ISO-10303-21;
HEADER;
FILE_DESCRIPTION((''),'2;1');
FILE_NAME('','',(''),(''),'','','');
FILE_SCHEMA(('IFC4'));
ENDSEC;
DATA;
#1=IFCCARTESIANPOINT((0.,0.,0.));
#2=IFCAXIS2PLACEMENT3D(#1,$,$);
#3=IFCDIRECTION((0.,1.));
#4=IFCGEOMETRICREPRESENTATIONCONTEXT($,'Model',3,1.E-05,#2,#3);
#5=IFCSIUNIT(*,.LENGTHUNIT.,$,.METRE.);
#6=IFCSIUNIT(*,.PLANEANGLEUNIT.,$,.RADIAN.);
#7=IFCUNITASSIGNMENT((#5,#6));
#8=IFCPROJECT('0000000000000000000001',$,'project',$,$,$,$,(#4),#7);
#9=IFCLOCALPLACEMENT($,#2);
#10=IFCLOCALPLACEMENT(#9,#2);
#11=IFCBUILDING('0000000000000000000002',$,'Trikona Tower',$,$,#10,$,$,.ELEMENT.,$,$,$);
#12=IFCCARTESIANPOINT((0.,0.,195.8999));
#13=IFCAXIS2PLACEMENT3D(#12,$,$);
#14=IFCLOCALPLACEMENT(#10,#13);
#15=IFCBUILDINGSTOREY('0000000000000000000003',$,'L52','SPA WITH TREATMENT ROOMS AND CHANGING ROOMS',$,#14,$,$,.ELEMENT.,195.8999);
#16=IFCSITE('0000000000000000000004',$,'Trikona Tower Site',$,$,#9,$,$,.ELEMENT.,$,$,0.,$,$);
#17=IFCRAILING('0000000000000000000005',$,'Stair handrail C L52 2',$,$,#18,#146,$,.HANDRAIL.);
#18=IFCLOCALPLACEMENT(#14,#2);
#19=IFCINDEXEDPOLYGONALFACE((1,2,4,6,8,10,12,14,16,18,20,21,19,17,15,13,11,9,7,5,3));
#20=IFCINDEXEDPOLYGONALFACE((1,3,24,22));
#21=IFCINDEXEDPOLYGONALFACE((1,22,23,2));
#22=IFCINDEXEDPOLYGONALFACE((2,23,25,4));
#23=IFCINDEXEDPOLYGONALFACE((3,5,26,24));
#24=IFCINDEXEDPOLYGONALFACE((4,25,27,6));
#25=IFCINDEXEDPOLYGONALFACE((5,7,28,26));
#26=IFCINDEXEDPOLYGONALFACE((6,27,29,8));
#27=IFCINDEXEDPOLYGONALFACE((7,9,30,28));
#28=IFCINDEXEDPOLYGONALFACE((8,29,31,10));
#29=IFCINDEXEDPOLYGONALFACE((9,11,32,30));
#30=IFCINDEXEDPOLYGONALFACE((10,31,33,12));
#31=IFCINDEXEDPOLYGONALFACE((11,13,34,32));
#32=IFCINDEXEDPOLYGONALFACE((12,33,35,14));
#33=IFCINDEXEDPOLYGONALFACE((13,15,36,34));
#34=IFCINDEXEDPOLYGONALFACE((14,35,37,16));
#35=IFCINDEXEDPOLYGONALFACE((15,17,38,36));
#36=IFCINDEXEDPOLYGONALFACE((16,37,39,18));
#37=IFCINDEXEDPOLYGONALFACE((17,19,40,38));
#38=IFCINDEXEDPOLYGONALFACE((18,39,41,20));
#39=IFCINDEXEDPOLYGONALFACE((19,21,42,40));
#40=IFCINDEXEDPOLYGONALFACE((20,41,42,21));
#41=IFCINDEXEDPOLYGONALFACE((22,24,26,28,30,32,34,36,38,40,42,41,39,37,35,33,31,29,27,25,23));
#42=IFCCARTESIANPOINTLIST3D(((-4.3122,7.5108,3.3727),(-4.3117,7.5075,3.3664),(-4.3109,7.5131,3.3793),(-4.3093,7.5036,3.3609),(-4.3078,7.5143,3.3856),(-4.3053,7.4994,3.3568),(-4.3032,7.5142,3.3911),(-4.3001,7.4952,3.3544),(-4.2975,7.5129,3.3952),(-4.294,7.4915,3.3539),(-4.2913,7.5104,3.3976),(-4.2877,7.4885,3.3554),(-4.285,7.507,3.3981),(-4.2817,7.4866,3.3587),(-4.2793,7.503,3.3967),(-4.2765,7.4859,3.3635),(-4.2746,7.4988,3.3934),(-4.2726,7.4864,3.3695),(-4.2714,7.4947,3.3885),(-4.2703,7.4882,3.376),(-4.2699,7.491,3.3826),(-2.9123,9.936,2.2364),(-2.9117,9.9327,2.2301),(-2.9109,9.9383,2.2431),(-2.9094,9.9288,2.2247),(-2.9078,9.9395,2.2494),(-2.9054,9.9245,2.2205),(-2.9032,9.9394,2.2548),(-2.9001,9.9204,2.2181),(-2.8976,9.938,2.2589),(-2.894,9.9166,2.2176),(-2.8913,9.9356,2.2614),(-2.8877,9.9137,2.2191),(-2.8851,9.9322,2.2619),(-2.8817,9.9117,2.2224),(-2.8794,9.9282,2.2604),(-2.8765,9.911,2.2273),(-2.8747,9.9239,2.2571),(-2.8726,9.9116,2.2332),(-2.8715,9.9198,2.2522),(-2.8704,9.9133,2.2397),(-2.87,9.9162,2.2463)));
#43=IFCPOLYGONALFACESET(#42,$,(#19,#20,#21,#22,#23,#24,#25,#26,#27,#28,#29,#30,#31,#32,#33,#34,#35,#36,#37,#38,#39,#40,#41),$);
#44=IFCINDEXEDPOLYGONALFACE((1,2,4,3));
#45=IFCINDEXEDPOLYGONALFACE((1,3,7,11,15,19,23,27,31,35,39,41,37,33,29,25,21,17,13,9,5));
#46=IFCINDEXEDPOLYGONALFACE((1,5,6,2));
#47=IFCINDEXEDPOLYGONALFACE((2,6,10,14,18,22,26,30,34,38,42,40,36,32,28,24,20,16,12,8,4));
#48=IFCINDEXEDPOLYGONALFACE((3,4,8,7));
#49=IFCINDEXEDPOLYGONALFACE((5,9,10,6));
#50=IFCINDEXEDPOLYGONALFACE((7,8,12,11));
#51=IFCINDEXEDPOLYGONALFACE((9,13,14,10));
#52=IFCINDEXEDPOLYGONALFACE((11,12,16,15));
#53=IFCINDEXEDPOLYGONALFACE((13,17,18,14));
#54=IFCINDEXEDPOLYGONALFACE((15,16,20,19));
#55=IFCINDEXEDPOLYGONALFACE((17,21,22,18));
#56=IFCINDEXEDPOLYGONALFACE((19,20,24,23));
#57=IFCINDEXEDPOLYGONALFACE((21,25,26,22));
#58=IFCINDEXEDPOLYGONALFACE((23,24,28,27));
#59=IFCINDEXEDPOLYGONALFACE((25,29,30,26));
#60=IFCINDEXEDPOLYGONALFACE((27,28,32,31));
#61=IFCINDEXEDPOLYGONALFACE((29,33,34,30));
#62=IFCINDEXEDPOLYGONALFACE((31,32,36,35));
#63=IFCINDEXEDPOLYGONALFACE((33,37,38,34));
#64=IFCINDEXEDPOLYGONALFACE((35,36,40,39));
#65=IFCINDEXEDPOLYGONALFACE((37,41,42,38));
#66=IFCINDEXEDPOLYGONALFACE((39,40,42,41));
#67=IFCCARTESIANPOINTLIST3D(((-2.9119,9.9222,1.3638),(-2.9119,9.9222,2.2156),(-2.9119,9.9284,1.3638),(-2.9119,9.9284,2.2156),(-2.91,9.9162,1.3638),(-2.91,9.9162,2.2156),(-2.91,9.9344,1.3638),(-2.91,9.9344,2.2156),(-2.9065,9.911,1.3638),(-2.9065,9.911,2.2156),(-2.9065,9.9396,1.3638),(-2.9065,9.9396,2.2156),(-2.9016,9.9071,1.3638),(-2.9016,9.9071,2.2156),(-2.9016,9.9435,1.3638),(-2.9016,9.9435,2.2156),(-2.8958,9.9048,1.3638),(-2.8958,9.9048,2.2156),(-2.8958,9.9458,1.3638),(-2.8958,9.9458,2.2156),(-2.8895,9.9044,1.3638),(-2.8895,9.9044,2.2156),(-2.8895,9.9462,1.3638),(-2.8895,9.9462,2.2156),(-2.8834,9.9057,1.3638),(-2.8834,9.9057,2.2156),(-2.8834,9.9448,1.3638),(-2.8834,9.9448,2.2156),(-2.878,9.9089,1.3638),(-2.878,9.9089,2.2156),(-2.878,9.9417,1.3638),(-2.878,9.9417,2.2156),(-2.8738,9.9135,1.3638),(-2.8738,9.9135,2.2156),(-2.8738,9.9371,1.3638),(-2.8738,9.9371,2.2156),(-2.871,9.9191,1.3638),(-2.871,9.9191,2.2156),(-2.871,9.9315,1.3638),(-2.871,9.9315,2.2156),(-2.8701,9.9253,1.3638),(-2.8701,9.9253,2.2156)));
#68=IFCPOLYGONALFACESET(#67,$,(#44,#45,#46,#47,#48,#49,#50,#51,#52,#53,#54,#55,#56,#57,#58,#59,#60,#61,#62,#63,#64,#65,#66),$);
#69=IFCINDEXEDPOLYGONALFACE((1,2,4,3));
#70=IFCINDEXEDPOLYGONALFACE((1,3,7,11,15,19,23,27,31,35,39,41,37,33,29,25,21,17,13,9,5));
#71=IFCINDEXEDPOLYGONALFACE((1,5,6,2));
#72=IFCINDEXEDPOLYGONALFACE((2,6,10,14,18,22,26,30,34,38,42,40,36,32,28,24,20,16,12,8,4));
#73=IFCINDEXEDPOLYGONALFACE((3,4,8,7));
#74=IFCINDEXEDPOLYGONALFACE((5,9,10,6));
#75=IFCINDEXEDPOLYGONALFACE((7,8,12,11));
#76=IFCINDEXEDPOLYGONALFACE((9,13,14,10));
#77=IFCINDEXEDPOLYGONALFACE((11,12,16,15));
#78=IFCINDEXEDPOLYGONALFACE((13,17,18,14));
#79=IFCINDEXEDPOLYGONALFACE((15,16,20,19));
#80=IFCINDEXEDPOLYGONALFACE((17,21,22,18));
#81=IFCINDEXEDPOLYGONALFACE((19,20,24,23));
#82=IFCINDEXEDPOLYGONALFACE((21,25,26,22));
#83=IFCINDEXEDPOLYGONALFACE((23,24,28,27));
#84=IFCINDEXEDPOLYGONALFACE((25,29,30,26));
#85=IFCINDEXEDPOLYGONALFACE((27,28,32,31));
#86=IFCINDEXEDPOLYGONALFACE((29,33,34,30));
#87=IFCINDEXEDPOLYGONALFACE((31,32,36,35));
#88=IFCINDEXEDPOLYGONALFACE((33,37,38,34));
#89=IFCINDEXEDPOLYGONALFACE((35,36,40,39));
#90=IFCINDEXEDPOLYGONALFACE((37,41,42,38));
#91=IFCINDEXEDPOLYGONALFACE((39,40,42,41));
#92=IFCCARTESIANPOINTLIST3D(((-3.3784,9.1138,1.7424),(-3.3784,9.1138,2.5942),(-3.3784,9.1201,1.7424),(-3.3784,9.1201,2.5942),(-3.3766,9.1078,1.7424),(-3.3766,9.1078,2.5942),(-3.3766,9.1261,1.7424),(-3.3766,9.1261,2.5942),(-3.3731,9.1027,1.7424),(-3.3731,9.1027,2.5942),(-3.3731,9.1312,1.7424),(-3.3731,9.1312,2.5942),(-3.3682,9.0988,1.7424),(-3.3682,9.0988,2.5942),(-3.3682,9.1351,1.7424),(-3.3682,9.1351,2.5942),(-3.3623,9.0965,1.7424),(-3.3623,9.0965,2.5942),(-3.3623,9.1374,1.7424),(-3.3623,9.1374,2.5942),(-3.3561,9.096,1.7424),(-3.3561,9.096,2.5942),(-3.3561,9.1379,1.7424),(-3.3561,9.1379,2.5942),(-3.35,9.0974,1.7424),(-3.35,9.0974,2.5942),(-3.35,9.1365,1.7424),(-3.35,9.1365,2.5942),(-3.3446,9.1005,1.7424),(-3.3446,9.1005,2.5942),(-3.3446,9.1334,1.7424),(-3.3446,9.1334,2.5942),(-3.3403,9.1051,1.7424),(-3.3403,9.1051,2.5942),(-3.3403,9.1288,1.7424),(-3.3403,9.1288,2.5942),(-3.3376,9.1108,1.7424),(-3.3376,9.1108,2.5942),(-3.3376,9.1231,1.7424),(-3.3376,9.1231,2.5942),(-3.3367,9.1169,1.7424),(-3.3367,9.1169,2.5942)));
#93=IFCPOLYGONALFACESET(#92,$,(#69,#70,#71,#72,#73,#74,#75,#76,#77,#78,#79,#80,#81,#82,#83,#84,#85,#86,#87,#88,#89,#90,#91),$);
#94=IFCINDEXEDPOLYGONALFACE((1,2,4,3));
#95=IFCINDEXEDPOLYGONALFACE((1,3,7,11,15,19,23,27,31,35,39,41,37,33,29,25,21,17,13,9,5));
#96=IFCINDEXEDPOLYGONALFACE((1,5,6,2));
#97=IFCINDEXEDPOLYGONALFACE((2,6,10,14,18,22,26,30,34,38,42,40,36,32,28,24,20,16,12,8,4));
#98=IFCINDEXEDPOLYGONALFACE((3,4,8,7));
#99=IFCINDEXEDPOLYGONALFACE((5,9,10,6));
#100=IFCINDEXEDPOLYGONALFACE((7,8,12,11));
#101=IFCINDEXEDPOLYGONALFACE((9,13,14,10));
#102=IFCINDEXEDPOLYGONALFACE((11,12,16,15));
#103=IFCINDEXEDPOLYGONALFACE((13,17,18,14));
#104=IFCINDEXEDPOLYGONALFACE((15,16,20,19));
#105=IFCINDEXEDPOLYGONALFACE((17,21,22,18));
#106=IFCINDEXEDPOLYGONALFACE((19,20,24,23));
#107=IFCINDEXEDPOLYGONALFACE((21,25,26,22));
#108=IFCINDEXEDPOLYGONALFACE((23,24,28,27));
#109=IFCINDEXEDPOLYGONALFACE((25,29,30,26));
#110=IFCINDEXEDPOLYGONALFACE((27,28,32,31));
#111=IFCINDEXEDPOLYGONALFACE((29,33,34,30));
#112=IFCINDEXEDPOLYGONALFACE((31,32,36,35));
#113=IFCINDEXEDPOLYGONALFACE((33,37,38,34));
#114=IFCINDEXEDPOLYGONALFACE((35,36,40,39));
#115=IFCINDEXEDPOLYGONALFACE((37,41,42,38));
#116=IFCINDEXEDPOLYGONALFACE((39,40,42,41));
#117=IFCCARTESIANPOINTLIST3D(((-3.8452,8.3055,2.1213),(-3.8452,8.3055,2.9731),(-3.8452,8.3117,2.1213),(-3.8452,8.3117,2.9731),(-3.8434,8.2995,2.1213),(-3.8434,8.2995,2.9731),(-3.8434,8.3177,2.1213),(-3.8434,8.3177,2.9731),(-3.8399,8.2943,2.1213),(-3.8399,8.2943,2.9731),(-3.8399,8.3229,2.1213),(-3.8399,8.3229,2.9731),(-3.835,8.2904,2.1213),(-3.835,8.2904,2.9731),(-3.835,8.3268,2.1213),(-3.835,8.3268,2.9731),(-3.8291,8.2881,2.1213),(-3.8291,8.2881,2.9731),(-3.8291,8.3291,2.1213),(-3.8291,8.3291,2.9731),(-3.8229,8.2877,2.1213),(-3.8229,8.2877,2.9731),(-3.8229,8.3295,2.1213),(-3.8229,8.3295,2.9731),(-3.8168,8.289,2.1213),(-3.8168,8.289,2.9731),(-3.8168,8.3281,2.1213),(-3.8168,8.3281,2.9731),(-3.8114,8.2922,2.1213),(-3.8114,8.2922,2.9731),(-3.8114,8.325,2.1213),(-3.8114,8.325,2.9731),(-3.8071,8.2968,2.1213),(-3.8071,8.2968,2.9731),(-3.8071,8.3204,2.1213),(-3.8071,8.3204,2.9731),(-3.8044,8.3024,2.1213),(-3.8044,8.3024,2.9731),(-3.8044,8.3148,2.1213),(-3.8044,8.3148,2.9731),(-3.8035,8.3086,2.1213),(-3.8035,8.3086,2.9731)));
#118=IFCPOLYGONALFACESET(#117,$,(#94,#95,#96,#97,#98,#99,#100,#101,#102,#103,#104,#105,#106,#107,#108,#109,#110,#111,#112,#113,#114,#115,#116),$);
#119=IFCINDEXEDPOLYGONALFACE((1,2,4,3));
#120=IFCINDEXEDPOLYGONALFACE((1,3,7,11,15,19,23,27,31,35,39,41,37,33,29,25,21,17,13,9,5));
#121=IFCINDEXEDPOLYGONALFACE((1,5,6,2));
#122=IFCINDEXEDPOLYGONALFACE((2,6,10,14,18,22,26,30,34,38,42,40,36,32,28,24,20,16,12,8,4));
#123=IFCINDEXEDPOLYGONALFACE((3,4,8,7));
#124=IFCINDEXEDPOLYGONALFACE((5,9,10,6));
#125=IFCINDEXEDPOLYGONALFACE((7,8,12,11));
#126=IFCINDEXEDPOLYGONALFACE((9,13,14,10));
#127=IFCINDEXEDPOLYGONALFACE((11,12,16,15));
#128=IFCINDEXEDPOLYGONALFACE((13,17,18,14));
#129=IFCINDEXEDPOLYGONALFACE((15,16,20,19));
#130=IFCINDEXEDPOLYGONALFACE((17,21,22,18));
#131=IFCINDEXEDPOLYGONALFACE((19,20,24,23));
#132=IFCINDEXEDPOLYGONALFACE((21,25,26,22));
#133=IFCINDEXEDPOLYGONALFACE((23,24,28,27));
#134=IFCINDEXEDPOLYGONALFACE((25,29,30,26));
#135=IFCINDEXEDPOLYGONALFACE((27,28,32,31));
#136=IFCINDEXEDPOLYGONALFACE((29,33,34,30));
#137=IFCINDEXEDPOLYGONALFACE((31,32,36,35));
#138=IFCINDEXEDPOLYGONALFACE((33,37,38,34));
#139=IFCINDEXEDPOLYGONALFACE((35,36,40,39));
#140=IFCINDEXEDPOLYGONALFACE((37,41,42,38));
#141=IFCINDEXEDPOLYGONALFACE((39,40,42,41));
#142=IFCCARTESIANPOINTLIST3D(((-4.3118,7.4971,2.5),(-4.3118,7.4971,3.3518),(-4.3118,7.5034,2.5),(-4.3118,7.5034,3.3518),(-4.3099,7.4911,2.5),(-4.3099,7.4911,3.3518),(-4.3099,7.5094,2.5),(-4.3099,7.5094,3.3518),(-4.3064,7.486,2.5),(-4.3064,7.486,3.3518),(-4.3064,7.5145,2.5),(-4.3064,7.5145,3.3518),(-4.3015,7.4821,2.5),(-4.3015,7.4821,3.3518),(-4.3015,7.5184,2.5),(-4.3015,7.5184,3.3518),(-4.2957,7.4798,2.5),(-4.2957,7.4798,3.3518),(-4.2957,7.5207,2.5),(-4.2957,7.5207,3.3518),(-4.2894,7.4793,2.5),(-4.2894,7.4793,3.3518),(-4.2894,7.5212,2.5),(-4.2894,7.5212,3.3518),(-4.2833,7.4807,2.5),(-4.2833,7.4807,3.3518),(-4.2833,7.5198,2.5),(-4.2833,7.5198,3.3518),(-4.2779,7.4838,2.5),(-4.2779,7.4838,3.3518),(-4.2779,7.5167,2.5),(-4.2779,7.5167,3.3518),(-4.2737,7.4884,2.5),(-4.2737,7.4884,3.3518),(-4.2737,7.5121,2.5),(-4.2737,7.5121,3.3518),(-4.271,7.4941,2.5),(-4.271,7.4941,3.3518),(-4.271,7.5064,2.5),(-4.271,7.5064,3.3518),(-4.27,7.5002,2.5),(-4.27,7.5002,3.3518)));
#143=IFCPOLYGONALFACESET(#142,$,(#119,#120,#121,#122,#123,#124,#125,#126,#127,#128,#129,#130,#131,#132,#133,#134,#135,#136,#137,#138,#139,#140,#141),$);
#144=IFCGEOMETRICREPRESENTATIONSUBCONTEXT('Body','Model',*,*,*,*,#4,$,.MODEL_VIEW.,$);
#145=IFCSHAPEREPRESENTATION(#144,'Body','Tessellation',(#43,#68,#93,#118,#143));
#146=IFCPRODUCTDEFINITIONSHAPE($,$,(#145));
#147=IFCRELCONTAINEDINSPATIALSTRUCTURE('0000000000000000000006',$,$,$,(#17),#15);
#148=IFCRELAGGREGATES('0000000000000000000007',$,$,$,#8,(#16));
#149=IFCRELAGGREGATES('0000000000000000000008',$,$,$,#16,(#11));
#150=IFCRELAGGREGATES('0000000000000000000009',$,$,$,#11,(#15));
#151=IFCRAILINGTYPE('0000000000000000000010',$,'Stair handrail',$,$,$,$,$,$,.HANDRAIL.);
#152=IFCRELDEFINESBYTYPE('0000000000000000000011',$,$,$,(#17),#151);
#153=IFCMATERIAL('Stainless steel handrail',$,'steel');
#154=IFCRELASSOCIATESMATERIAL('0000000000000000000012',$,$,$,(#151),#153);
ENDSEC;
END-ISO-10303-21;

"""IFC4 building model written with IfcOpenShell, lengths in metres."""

from ifc_helpers import new_model, si_unit, direction, frame, origin, origin_2d, place, context, subcontext, project, spatial, circle, extrude, material, type_object, element, save


model = new_model("IFC4")

# Units and contexts
model_context = context("Model", 3, precision=1e-05, world=origin(), true_north=direction((0.0, 1.0)))
body_context = subcontext(model_context, "Body", "Model", "MODEL_VIEW")
ifc_project = project(units=[si_unit("LENGTHUNIT", "METRE"), si_unit("PLANEANGLEUNIT", "RADIAN")], contexts=[model_context])

# Site, building, storey
site_placement = place(None, origin())
site = spatial("IfcSite", under=ifc_project, at=site_placement, Name="Trikona Tower Site", CompositionType="ELEMENT", RefElevation=0.0)
building_placement = place(site_placement, origin())
building = spatial("IfcBuilding", under=site, at=building_placement, Name="Trikona Tower", CompositionType="ELEMENT")
storey_placement = place(building_placement, frame((0.0, 0.0, 195.8999)))
storey = spatial("IfcBuildingStorey", under=building, at=storey_placement, Name="L52", Description="SPA WITH TREATMENT ROOMS AND CHANGING ROOMS", CompositionType="ELEMENT", Elevation=195.8999)

# Railing
ifc_material_1 = material(Name="Stainless steel handrail", Category="steel")
railing_type = type_object("IfcRailingType", Name="Stair handrail", PredefinedType="HANDRAIL", material=ifc_material_1)
railing_1_placement = place(storey_placement, frame((-2.8911, 9.9253, 1.3638)))
element("IfcRailing", 1, at=railing_1_placement, inside=storey, type_object=railing_type, Name="Stair handrail C L52 2", PredefinedType="HANDRAIL", context=body_context, shape_type="SweptSolid", body=[
    extrude(circle(Radius=0.0239, at=origin_2d()), frame((0.0, 0.0, 0.876), z_axis=(-0.463259, -0.802503, 0.376004), x_axis=(0.866056, -0.499946, 0.0)), (0.0, 0.0, 1.0), 3.022),
    extrude(circle(Radius=0.021, at=origin_2d()), origin(), (0.0, 0.0, 1.0), 0.8518),
    extrude(circle(Radius=0.021, at=origin_2d()), frame((-0.4666, -0.8083, 0.3787)), (0.0, 0.0, 1.0), 0.8518),
    extrude(circle(Radius=0.021, at=origin_2d()), frame((-0.9333, -1.6167, 0.7576)), (0.0, 0.0, 1.0), 0.8518),
    extrude(circle(Radius=0.021, at=origin_2d()), frame((-1.3999, -2.425, 1.1362)), (0.0, 0.0, 1.0), 0.8518),
])

save(model, "model.ifc")
